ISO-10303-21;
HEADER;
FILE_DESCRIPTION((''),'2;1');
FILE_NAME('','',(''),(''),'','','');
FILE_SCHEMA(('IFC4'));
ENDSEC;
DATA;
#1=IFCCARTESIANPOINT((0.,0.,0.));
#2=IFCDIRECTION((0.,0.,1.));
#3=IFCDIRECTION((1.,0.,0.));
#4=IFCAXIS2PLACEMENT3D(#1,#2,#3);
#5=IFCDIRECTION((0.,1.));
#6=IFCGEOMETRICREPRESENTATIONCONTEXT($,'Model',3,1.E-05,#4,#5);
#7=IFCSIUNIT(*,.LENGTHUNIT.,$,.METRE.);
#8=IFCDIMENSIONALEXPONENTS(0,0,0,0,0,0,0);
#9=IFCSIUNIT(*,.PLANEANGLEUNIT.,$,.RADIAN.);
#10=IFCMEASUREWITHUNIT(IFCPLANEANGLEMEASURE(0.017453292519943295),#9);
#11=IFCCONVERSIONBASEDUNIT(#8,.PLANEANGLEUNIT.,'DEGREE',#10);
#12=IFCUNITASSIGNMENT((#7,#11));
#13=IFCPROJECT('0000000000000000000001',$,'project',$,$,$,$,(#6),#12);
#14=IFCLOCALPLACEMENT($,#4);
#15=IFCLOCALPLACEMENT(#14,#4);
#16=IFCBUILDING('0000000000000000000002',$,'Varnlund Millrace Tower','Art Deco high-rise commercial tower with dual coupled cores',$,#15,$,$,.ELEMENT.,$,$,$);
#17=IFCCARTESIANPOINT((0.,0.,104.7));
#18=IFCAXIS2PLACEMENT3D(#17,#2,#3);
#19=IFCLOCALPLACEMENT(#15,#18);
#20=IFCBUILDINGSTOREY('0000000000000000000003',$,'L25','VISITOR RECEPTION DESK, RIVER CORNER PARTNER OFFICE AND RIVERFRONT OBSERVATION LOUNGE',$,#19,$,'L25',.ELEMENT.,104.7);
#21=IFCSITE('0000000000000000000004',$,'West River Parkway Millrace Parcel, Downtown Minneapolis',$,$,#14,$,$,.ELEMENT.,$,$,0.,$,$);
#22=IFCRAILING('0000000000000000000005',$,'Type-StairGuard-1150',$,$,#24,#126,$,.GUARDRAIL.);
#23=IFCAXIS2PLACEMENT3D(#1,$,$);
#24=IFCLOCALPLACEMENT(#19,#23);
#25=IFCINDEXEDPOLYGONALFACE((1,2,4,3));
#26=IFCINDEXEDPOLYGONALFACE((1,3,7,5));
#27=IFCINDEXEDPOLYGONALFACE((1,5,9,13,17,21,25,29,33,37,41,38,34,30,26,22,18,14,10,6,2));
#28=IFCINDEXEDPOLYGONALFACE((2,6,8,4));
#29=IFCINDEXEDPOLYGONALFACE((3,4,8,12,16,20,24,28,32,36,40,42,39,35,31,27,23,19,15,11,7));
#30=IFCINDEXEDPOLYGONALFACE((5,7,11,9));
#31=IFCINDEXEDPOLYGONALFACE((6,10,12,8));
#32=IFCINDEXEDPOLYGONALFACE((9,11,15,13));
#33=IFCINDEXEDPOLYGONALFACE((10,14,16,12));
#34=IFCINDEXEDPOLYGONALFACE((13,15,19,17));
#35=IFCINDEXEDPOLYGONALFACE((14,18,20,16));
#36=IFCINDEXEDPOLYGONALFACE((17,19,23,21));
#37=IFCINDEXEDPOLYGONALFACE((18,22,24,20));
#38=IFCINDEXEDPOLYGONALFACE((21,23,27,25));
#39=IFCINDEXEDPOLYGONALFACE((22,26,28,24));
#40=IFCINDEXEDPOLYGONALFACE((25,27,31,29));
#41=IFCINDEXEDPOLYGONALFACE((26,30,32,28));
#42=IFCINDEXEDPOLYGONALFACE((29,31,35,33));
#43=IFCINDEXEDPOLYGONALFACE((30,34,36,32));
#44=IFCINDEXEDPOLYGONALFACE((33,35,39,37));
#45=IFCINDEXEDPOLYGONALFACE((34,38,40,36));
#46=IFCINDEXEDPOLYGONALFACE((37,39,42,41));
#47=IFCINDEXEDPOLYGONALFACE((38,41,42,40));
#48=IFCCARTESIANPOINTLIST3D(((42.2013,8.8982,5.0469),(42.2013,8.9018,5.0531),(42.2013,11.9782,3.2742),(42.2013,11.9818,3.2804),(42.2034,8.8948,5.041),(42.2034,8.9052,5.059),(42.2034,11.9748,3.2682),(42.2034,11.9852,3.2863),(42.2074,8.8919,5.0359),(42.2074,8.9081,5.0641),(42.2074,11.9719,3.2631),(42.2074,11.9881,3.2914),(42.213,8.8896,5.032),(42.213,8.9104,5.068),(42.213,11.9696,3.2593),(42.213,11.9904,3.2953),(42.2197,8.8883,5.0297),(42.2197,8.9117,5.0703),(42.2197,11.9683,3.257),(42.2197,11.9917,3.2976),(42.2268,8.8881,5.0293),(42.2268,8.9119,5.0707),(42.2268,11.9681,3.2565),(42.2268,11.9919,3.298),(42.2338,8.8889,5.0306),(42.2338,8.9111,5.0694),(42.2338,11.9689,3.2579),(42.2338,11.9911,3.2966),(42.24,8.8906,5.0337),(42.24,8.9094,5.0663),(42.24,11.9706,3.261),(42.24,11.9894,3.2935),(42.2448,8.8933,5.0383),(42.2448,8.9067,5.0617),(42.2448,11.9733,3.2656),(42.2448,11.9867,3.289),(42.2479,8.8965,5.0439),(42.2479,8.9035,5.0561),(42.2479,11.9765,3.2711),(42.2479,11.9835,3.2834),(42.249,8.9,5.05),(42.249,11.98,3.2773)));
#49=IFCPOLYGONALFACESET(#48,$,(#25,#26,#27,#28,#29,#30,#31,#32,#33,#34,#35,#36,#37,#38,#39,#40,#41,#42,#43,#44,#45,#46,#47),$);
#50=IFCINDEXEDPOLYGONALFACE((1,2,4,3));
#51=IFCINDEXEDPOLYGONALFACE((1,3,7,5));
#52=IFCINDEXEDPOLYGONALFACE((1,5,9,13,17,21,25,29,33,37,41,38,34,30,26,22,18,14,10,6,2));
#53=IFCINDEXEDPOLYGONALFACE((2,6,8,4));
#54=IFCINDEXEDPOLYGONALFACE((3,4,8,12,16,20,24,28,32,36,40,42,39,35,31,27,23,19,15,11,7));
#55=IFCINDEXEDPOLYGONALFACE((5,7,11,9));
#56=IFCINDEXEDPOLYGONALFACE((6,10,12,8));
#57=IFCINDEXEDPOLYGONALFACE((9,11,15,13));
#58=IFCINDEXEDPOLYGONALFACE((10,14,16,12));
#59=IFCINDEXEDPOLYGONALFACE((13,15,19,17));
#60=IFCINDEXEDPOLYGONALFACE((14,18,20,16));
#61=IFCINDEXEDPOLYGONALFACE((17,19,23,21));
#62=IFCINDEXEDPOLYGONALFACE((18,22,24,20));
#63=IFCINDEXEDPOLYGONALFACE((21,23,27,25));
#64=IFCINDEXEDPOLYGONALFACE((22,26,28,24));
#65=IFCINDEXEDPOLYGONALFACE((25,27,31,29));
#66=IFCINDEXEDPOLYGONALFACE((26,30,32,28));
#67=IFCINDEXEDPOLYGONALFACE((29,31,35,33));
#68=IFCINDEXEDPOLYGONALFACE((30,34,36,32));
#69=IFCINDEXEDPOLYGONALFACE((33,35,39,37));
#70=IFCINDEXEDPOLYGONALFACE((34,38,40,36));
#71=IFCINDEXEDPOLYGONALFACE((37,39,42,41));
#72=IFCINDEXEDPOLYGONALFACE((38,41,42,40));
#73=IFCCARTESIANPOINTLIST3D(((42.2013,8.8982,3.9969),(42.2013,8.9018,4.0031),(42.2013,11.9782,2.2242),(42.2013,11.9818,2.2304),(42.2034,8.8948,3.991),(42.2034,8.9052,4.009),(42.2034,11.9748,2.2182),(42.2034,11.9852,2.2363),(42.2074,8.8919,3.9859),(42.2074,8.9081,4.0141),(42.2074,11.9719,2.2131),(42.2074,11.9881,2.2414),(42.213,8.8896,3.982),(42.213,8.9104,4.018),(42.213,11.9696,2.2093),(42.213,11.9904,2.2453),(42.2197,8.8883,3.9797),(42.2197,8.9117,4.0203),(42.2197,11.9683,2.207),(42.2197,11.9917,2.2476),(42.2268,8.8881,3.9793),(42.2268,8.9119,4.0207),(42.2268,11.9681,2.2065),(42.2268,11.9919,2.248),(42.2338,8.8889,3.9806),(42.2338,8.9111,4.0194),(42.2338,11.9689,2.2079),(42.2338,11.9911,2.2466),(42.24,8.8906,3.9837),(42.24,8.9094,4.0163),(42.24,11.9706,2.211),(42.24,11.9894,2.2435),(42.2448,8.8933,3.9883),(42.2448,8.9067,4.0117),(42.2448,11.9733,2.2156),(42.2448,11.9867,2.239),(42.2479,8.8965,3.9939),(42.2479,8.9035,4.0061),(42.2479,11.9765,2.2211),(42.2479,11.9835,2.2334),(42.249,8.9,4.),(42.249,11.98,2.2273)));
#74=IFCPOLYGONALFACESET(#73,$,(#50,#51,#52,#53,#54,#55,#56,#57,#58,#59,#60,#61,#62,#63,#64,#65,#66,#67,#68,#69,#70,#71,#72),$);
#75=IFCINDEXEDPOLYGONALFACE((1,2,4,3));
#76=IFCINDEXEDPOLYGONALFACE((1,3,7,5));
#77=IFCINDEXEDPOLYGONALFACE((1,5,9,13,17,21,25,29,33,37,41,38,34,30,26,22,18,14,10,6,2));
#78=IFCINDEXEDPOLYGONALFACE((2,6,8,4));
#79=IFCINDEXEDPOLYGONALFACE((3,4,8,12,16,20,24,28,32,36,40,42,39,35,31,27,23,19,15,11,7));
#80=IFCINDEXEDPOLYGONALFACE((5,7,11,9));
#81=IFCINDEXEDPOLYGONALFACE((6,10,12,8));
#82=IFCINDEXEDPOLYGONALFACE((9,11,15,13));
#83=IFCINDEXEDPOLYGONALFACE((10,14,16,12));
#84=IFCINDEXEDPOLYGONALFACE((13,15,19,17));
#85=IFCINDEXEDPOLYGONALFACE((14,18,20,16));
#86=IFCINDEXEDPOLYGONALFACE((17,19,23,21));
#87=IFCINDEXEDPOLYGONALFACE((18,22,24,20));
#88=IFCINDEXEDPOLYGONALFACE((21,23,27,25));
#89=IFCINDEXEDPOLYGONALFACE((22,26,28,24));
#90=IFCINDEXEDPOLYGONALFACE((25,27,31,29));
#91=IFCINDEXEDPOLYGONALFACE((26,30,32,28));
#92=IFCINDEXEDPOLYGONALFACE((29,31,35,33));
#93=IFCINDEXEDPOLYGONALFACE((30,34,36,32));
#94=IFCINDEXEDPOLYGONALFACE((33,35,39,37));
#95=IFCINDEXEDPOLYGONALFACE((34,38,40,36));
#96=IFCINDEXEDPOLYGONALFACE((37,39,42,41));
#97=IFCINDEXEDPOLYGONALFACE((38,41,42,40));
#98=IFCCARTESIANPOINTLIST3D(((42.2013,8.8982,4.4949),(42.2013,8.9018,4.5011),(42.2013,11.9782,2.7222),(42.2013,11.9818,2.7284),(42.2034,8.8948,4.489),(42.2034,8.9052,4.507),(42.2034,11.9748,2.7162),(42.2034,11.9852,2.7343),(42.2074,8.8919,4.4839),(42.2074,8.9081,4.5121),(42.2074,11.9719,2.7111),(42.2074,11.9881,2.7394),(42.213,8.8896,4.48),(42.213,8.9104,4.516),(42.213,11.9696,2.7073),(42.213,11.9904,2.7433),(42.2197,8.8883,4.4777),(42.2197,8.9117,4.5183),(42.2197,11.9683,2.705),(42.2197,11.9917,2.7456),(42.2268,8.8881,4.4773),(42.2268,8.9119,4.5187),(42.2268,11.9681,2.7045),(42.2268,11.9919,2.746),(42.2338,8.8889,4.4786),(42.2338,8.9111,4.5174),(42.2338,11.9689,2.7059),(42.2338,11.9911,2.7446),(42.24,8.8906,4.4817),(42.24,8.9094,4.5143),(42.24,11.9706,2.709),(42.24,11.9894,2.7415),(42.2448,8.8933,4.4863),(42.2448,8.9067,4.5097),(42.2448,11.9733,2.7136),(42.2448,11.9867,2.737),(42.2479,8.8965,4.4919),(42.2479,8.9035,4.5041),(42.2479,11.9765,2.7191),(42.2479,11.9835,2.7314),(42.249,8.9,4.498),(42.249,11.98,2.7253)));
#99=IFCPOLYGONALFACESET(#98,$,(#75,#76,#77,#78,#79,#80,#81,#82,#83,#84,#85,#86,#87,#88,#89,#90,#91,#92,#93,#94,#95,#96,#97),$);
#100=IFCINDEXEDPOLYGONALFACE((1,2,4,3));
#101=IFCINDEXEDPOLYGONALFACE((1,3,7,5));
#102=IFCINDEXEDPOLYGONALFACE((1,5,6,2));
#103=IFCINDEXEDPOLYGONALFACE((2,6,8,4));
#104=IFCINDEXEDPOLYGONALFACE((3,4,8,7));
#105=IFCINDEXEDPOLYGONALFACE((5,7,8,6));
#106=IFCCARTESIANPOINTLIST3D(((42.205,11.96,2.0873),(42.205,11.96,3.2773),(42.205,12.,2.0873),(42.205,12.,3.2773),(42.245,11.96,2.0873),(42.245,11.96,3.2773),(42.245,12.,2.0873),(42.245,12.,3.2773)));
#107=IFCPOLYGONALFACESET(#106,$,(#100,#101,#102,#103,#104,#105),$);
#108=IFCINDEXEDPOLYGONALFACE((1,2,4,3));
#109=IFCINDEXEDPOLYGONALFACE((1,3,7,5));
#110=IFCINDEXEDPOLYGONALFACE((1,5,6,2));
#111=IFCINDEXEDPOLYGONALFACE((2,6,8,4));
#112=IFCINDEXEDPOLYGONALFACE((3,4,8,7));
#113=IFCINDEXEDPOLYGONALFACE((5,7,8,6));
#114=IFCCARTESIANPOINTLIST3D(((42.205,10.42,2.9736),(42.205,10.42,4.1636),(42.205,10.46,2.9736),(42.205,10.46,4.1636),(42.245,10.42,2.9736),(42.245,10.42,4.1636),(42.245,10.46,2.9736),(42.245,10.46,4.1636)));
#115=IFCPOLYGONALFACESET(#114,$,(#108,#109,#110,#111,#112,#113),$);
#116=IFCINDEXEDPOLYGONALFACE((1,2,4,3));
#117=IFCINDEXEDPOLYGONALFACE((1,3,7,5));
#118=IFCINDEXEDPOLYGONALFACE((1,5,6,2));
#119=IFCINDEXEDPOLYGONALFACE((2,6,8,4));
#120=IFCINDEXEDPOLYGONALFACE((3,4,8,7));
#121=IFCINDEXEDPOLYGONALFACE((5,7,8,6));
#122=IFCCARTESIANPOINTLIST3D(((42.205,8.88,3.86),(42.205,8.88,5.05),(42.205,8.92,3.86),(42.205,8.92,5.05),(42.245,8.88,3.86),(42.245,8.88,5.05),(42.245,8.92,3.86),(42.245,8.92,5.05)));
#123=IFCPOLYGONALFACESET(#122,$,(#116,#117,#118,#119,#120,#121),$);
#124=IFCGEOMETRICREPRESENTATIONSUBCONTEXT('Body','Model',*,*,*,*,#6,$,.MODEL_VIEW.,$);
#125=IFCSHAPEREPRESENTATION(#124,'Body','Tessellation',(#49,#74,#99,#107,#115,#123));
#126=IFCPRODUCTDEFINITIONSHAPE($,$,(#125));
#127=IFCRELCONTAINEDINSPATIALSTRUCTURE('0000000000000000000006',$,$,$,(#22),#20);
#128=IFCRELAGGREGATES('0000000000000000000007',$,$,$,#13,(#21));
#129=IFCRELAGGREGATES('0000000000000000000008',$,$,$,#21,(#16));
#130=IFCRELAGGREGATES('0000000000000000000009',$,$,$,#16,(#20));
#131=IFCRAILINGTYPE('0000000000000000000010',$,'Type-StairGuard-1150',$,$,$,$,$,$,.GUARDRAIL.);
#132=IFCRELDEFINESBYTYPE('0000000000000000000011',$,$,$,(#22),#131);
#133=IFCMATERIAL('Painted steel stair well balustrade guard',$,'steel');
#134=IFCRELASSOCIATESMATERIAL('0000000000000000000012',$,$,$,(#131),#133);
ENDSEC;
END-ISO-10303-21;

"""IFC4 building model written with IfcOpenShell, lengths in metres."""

from ifc_helpers import new_model, entity, si_unit, converted_unit, direction, frame, origin_with_axes, origin_2d_with_axis, place, context, subcontext, project, spatial, rectangle, circle, extrude, material, type_object, element, save


model = new_model("IFC4")

# Units and contexts
model_context = context("Model", 3, precision=1e-05, world=origin_with_axes(), true_north=direction((0.0, 1.0)))
body_context = subcontext(model_context, "Body", "Model", "MODEL_VIEW")
ifc_project = project(units=[si_unit("LENGTHUNIT", "METRE"), converted_unit("PLANEANGLEUNIT", "DEGREE", entity("IfcPlaneAngleMeasure", 0.017453292519943295), si_unit("PLANEANGLEUNIT", "RADIAN"), dimensions=[0, 0, 0, 0, 0, 0, 0])], contexts=[model_context])

# Site, building, storey
site_placement = place(None, origin_with_axes())
site = spatial("IfcSite", under=ifc_project, at=site_placement, Name="West River Parkway Millrace Parcel, Downtown Minneapolis", CompositionType="ELEMENT", RefElevation=0.0)
building_placement = place(site_placement, origin_with_axes())
building = spatial("IfcBuilding", under=site, at=building_placement, Name="Varnlund Millrace Tower", Description="Art Deco high-rise commercial tower with dual coupled cores", CompositionType="ELEMENT")
storey_placement = place(building_placement, frame((0.0, 0.0, 104.7), z_axis=(0.0, 0.0, 1.0), x_axis=(1.0, 0.0, 0.0)))
storey = spatial("IfcBuildingStorey", under=building, at=storey_placement, Name="L25", Description="VISITOR RECEPTION DESK, RIVER CORNER PARTNER OFFICE AND RIVERFRONT OBSERVATION LOUNGE", LongName="L25", CompositionType="ELEMENT", Elevation=104.7)

# Railing
ifc_material_1 = material(Name="Painted steel stair well balustrade guard", Category="steel")
railing_type_1 = type_object("IfcRailingType", Name="Type-StairGuard-1150", PredefinedType="GUARDRAIL", material=ifc_material_1)
railing_1_placement = place(storey_placement, frame((0.0, 0.0, -104.7), z_axis=(0.0, 0.0, 1.0), x_axis=(1.0, 0.0, 0.0)))
element("IfcRailing", 1, at=railing_1_placement, inside=storey, type_object=railing_type_1, Name="Type-StairGuard-1150", PredefinedType="GUARDRAIL", context=body_context, shape_type="SweptSolid", body=[
    extrude(circle(Radius=0.024, at=origin_2d_with_axis()), frame((42.225, 11.98, 107.9773), z_axis=(0.0, -0.866696, 0.498836), x_axis=(1.0, 0.0, 0.0)), (0.0, 0.0, 1.0), 3.5537),
    extrude(circle(Radius=0.024, at=origin_2d_with_axis()), frame((42.225, 11.98, 106.9273), z_axis=(0.0, -0.866696, 0.498836), x_axis=(1.0, 0.0, 0.0)), (0.0, 0.0, 1.0), 3.5537),
    extrude(circle(Radius=0.024, at=origin_2d_with_axis()), frame((42.225, 11.98, 107.4253), z_axis=(0.0, -0.866696, 0.498836), x_axis=(1.0, 0.0, 0.0)), (0.0, 0.0, 1.0), 3.5537),
    extrude(rectangle(XDim=0.04, YDim=0.04, at=origin_2d_with_axis()), frame((42.225, 11.98, 106.7873), z_axis=(0.0, 0.0, 1.0), x_axis=(1.0, 0.0, 0.0)), (0.0, 0.0, 1.0), 1.19),
    extrude(rectangle(XDim=0.04, YDim=0.04, at=origin_2d_with_axis()), frame((42.225, 10.44, 107.6736), z_axis=(0.0, 0.0, 1.0), x_axis=(1.0, 0.0, 0.0)), (0.0, 0.0, 1.0), 1.19),
    extrude(rectangle(XDim=0.04, YDim=0.04, at=origin_2d_with_axis()), frame((42.225, 8.9, 108.56), z_axis=(0.0, 0.0, 1.0), x_axis=(1.0, 0.0, 0.0)), (0.0, 0.0, 1.0), 1.19),
])

save(model, "model.ifc")
